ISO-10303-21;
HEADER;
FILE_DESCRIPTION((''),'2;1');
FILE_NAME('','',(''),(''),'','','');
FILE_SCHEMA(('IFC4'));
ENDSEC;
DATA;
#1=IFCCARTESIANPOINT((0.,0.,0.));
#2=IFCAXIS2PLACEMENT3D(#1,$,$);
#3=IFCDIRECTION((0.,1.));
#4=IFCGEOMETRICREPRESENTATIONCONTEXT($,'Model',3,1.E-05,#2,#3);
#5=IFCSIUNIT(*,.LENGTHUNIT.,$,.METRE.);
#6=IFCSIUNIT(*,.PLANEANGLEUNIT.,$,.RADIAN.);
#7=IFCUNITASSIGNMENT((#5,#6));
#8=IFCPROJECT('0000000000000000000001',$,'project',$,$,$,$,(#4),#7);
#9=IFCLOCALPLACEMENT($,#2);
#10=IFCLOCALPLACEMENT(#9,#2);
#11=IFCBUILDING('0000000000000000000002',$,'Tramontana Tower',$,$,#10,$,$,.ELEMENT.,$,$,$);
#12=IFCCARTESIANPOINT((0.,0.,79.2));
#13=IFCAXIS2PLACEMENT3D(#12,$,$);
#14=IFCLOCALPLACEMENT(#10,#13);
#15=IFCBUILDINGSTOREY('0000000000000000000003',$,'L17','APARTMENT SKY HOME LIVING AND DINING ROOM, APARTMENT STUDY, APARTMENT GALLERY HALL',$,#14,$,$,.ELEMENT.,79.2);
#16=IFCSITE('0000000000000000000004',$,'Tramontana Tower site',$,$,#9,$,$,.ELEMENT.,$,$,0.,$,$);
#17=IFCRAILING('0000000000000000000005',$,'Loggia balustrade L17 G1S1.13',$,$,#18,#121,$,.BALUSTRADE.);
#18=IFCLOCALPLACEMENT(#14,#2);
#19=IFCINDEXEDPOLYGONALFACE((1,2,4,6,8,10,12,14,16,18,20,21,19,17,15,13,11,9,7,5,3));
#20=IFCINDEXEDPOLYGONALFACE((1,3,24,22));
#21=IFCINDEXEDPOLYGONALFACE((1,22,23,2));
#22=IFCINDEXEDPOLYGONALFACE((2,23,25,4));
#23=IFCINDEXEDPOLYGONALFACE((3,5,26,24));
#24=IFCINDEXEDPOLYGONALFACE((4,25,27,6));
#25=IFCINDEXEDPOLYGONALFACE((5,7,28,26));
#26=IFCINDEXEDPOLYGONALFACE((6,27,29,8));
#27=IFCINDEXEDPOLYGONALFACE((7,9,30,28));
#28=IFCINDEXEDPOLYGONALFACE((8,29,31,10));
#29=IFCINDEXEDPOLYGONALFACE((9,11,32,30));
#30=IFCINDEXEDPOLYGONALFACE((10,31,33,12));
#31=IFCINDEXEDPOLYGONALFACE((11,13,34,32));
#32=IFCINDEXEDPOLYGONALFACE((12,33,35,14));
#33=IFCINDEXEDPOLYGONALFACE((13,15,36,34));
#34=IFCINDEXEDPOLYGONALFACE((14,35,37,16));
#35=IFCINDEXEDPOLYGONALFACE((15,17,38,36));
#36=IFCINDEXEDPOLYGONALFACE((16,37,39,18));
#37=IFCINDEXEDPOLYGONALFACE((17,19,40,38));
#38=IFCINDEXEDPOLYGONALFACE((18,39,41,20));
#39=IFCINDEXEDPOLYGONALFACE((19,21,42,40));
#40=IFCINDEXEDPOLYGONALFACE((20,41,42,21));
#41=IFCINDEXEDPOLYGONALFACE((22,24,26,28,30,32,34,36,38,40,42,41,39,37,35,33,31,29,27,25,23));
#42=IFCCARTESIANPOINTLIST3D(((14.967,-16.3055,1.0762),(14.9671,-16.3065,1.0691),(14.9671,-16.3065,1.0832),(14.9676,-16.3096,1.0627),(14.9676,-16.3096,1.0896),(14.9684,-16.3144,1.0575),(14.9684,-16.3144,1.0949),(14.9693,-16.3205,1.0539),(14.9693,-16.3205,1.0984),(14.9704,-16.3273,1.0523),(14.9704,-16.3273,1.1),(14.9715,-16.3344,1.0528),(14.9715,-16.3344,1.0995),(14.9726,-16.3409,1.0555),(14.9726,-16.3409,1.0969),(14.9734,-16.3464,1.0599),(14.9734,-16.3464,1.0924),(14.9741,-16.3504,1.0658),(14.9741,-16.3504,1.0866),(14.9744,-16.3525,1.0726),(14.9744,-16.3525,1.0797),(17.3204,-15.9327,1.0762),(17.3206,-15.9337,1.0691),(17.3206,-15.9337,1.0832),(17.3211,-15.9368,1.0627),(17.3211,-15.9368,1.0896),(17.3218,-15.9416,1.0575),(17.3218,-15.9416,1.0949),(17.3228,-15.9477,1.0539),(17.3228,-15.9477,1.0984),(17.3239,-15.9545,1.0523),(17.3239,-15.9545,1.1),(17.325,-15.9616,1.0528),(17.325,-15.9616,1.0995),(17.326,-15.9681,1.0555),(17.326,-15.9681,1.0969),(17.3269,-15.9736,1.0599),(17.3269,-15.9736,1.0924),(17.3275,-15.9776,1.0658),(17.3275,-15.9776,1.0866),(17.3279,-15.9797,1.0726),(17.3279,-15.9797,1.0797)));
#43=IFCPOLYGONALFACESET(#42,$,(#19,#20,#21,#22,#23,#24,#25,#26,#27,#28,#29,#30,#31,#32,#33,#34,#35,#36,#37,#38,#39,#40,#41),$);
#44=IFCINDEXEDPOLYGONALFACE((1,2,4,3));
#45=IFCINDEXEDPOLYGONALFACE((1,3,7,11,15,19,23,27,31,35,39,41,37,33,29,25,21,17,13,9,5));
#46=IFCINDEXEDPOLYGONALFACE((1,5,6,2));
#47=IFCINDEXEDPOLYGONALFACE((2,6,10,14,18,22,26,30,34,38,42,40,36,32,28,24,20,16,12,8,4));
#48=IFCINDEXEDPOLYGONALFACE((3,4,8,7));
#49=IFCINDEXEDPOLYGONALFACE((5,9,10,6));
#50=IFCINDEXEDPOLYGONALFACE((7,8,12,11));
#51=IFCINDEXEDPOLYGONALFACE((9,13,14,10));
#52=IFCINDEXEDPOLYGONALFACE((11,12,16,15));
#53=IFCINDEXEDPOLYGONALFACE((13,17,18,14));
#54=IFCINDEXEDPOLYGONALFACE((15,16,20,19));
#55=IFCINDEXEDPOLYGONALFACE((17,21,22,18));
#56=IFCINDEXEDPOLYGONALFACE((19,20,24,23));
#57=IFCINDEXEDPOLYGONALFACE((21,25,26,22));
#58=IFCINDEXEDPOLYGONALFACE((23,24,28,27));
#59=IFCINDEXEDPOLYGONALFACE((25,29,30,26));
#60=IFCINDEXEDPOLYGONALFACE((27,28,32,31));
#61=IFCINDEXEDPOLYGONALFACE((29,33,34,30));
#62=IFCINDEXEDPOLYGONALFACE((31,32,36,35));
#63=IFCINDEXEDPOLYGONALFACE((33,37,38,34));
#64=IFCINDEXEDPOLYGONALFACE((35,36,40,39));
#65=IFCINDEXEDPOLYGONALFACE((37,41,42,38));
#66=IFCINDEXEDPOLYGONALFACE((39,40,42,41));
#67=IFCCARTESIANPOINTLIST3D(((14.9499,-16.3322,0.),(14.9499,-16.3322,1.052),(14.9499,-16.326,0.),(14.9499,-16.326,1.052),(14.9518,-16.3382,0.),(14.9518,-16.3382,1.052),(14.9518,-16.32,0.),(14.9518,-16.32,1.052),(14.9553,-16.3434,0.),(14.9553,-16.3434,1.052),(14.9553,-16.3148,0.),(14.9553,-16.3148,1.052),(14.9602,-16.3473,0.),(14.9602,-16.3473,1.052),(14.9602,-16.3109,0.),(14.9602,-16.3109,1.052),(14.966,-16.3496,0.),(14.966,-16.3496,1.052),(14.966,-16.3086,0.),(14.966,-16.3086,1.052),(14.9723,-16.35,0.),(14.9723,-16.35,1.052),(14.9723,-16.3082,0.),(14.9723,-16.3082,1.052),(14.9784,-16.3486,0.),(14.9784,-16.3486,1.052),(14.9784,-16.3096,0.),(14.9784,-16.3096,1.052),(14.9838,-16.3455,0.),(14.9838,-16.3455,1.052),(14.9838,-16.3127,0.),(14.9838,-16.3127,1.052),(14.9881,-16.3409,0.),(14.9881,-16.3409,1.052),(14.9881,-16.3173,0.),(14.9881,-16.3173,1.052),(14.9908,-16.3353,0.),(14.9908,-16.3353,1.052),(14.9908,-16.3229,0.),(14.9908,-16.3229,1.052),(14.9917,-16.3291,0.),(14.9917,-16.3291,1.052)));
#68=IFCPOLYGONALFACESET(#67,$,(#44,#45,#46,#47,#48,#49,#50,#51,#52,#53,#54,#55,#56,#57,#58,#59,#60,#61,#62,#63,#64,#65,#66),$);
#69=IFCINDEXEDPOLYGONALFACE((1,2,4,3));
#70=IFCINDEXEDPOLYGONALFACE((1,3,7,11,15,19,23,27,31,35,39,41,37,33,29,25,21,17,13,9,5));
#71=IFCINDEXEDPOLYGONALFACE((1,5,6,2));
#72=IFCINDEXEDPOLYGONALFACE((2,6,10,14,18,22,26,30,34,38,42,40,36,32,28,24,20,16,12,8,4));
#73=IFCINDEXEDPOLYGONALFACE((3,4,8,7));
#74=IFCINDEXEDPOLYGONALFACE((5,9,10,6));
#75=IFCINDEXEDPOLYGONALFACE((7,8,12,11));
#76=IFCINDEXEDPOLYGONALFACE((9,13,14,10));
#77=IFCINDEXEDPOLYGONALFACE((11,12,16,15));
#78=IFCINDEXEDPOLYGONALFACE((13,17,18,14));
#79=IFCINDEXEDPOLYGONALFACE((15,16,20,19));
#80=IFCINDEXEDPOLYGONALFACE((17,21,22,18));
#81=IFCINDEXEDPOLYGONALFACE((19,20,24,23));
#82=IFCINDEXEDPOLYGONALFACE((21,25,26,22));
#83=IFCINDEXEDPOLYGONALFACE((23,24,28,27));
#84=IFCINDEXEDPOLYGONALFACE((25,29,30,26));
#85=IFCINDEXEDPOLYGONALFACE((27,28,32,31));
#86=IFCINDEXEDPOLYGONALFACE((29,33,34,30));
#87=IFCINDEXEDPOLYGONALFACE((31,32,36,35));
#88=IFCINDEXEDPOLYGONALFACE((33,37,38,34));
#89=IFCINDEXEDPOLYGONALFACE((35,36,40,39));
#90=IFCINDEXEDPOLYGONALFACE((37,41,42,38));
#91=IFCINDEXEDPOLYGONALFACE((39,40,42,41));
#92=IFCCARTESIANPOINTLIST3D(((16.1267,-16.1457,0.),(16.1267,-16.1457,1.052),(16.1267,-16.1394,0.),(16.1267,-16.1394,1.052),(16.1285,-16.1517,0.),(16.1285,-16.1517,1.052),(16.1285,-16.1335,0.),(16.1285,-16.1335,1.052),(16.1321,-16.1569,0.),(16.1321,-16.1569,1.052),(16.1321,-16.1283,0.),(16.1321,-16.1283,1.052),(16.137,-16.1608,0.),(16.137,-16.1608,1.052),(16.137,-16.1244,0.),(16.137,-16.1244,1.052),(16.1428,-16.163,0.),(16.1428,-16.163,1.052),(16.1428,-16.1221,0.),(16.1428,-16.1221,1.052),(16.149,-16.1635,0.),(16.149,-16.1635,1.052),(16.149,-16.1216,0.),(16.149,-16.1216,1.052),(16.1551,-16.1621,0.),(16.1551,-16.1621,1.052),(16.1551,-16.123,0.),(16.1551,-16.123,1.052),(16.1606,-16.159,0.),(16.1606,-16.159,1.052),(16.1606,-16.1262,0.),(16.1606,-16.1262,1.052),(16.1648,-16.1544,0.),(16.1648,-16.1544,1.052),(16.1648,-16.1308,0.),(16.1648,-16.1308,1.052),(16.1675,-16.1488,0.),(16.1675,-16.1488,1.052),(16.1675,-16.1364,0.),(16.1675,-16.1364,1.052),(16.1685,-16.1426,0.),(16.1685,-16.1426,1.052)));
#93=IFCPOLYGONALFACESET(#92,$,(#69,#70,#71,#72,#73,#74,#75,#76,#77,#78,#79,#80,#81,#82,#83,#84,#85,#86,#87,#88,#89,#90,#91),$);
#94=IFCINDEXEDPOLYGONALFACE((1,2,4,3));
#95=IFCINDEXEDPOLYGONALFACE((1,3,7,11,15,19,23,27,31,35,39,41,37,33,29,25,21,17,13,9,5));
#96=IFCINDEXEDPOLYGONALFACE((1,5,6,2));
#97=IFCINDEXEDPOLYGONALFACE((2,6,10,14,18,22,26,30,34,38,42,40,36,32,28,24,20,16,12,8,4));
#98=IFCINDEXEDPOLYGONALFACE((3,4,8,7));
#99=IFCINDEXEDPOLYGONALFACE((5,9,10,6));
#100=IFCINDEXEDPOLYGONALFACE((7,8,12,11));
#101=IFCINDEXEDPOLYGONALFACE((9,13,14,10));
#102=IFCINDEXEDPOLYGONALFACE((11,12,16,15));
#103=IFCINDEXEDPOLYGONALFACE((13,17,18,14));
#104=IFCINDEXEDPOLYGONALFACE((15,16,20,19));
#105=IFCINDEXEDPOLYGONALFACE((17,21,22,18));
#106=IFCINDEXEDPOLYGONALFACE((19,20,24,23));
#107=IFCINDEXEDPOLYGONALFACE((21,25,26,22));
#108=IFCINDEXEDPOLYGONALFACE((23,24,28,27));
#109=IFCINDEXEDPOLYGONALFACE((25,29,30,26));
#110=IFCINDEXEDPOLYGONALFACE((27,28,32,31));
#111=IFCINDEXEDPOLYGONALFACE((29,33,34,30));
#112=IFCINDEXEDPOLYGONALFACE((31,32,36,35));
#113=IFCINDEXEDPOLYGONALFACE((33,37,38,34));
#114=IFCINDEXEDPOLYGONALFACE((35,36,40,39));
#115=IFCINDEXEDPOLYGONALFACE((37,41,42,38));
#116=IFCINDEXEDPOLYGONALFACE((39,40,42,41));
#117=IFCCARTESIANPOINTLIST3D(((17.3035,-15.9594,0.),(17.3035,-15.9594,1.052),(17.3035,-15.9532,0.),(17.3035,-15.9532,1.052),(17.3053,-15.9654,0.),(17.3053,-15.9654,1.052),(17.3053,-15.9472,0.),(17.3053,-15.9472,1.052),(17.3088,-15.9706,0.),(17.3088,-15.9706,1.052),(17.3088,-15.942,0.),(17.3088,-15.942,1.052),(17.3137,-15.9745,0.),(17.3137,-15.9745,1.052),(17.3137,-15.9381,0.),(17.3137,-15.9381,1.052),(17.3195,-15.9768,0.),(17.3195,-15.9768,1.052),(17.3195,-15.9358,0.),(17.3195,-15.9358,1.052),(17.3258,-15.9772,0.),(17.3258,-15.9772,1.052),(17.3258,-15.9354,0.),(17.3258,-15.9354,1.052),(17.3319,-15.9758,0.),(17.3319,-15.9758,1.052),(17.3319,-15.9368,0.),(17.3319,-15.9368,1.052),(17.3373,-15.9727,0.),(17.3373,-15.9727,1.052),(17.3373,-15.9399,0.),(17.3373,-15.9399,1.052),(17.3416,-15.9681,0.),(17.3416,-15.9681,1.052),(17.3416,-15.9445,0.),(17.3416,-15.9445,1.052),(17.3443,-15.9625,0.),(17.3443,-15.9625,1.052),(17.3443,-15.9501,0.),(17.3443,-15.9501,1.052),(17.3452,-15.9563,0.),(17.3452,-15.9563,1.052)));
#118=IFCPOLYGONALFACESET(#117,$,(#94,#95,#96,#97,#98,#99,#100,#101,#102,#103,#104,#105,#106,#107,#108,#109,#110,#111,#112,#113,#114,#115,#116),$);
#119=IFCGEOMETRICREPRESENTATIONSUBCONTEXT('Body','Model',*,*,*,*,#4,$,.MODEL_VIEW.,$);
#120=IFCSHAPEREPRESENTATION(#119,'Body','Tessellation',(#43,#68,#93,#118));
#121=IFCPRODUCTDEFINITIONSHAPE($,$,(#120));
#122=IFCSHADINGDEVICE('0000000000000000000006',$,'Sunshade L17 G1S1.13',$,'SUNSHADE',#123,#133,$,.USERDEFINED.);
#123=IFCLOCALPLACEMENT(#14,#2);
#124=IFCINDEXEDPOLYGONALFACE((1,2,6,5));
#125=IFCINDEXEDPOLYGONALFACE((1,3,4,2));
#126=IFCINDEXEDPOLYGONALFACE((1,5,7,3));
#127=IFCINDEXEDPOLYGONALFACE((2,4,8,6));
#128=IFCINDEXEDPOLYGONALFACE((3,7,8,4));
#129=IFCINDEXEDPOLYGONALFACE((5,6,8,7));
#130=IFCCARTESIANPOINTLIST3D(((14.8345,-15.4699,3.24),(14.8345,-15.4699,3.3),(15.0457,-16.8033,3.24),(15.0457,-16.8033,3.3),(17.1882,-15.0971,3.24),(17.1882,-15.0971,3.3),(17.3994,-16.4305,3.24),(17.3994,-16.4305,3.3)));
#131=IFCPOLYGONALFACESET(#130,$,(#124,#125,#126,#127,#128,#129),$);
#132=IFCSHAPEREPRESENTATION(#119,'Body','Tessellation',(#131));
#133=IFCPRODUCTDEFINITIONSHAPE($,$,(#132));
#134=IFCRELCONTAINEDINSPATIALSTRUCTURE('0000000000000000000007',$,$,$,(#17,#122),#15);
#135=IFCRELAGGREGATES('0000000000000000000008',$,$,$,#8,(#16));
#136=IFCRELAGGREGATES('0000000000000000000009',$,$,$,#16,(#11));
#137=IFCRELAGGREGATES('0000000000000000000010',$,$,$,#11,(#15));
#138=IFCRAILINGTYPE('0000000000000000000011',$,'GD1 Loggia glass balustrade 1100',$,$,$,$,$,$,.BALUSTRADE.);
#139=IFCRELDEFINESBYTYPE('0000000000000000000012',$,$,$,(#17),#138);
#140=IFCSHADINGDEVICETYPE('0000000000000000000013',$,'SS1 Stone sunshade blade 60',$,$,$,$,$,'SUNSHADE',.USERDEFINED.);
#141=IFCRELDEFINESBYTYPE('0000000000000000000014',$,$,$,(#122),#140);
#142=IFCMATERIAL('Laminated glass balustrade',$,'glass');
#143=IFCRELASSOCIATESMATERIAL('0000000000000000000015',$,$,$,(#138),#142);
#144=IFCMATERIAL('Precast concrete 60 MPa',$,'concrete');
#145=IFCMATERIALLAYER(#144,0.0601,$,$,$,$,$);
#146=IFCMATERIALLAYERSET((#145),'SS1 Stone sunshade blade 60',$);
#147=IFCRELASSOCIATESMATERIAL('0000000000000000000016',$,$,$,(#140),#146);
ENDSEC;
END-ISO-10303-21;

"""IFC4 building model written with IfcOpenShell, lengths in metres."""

from ifc_helpers import new_model, si_unit, direction, frame, origin, origin_2d, place, context, subcontext, project, spatial, rectangle, circle, extrude, material, layer, layer_set, type_object, element, save


model = new_model("IFC4")

# Units and contexts
model_context = context("Model", 3, precision=1e-05, world=origin(), true_north=direction((0.0, 1.0)))
body_context = subcontext(model_context, "Body", "Model", "MODEL_VIEW")
ifc_project = project(units=[si_unit("LENGTHUNIT", "METRE"), si_unit("PLANEANGLEUNIT", "RADIAN")], contexts=[model_context])

# Site, building, storey
site_placement = place(None, origin())
site = spatial("IfcSite", under=ifc_project, at=site_placement, Name="Tramontana Tower site", CompositionType="ELEMENT", RefElevation=0.0)
building_placement = place(site_placement, origin())
building = spatial("IfcBuilding", under=site, at=building_placement, Name="Tramontana Tower", CompositionType="ELEMENT")
storey_placement = place(building_placement, frame((0.0, 0.0, 79.2)))
storey = spatial("IfcBuildingStorey", under=building, at=storey_placement, Name="L17", Description="APARTMENT SKY HOME LIVING AND DINING ROOM, APARTMENT STUDY, APARTMENT GALLERY HALL", CompositionType="ELEMENT", Elevation=79.2)

# Railing
ifc_material_1 = material(Name="Laminated glass balustrade", Category="glass")
railing_type = type_object("IfcRailingType", Name="GD1 Loggia glass balustrade 1100", PredefinedType="BALUSTRADE", material=ifc_material_1)
railing_placement = place(storey_placement, frame((14.9707, -16.3291, 0.0)))
element("IfcRailing", 1, at=railing_placement, inside=storey, type_object=railing_type, Name="Loggia balustrade L17 G1S1.13", PredefinedType="BALUSTRADE", context=body_context, shape_type="SweptSolid", body=[
    extrude(circle(Radius=0.0239, at=origin_2d()), frame((0.0, 0.0, 1.0762), z_axis=(0.987686, 0.156452, 0.0), x_axis=(-0.156452, 0.987686, 0.0)), (0.0, 0.0, 1.0), 2.3828),
    extrude(circle(Radius=0.021, at=origin_2d()), origin(), (0.0, 0.0, 1.0), 1.052),
    extrude(circle(Radius=0.021, at=origin_2d()), frame((1.1768, 0.1865, 0.0)), (0.0, 0.0, 1.0), 1.052),
    extrude(circle(Radius=0.021, at=origin_2d()), frame((2.3535, 0.3728, 0.0)), (0.0, 0.0, 1.0), 1.052),
])

# Shading device
ifc_material_2 = material(Name="Precast concrete 60 MPa", Category="concrete")
ifc_layer_1 = layer(ifc_material_2, 0.0601)
ifc_layer_set_1 = layer_set([ifc_layer_1], Name="SS1 Stone sunshade blade 60")
shading_device_type = type_object("IfcShadingDeviceType", Name="SS1 Stone sunshade blade 60", ElementType="SUNSHADE", PredefinedType="USERDEFINED", material=ifc_layer_set_1)
shading_device_placement = place(storey_placement, frame((16.1169, -15.9502, 3.24), z_axis=(0.0, 0.0, 1.0), x_axis=(0.987688, 0.156434, 0.0)))
element("IfcShadingDevice", 2, at=shading_device_placement, inside=storey, type_object=shading_device_type, Name="Sunshade L17 G1S1.13", ObjectType="SUNSHADE", PredefinedType="USERDEFINED", context=body_context, shape_type="SweptSolid", body=[
    extrude(rectangle(XDim=2.3831, YDim=1.3501, at=origin_2d()), origin(), (0.0, 0.0, 1.0), 0.0601),
])

save(model, "model.ifc")
